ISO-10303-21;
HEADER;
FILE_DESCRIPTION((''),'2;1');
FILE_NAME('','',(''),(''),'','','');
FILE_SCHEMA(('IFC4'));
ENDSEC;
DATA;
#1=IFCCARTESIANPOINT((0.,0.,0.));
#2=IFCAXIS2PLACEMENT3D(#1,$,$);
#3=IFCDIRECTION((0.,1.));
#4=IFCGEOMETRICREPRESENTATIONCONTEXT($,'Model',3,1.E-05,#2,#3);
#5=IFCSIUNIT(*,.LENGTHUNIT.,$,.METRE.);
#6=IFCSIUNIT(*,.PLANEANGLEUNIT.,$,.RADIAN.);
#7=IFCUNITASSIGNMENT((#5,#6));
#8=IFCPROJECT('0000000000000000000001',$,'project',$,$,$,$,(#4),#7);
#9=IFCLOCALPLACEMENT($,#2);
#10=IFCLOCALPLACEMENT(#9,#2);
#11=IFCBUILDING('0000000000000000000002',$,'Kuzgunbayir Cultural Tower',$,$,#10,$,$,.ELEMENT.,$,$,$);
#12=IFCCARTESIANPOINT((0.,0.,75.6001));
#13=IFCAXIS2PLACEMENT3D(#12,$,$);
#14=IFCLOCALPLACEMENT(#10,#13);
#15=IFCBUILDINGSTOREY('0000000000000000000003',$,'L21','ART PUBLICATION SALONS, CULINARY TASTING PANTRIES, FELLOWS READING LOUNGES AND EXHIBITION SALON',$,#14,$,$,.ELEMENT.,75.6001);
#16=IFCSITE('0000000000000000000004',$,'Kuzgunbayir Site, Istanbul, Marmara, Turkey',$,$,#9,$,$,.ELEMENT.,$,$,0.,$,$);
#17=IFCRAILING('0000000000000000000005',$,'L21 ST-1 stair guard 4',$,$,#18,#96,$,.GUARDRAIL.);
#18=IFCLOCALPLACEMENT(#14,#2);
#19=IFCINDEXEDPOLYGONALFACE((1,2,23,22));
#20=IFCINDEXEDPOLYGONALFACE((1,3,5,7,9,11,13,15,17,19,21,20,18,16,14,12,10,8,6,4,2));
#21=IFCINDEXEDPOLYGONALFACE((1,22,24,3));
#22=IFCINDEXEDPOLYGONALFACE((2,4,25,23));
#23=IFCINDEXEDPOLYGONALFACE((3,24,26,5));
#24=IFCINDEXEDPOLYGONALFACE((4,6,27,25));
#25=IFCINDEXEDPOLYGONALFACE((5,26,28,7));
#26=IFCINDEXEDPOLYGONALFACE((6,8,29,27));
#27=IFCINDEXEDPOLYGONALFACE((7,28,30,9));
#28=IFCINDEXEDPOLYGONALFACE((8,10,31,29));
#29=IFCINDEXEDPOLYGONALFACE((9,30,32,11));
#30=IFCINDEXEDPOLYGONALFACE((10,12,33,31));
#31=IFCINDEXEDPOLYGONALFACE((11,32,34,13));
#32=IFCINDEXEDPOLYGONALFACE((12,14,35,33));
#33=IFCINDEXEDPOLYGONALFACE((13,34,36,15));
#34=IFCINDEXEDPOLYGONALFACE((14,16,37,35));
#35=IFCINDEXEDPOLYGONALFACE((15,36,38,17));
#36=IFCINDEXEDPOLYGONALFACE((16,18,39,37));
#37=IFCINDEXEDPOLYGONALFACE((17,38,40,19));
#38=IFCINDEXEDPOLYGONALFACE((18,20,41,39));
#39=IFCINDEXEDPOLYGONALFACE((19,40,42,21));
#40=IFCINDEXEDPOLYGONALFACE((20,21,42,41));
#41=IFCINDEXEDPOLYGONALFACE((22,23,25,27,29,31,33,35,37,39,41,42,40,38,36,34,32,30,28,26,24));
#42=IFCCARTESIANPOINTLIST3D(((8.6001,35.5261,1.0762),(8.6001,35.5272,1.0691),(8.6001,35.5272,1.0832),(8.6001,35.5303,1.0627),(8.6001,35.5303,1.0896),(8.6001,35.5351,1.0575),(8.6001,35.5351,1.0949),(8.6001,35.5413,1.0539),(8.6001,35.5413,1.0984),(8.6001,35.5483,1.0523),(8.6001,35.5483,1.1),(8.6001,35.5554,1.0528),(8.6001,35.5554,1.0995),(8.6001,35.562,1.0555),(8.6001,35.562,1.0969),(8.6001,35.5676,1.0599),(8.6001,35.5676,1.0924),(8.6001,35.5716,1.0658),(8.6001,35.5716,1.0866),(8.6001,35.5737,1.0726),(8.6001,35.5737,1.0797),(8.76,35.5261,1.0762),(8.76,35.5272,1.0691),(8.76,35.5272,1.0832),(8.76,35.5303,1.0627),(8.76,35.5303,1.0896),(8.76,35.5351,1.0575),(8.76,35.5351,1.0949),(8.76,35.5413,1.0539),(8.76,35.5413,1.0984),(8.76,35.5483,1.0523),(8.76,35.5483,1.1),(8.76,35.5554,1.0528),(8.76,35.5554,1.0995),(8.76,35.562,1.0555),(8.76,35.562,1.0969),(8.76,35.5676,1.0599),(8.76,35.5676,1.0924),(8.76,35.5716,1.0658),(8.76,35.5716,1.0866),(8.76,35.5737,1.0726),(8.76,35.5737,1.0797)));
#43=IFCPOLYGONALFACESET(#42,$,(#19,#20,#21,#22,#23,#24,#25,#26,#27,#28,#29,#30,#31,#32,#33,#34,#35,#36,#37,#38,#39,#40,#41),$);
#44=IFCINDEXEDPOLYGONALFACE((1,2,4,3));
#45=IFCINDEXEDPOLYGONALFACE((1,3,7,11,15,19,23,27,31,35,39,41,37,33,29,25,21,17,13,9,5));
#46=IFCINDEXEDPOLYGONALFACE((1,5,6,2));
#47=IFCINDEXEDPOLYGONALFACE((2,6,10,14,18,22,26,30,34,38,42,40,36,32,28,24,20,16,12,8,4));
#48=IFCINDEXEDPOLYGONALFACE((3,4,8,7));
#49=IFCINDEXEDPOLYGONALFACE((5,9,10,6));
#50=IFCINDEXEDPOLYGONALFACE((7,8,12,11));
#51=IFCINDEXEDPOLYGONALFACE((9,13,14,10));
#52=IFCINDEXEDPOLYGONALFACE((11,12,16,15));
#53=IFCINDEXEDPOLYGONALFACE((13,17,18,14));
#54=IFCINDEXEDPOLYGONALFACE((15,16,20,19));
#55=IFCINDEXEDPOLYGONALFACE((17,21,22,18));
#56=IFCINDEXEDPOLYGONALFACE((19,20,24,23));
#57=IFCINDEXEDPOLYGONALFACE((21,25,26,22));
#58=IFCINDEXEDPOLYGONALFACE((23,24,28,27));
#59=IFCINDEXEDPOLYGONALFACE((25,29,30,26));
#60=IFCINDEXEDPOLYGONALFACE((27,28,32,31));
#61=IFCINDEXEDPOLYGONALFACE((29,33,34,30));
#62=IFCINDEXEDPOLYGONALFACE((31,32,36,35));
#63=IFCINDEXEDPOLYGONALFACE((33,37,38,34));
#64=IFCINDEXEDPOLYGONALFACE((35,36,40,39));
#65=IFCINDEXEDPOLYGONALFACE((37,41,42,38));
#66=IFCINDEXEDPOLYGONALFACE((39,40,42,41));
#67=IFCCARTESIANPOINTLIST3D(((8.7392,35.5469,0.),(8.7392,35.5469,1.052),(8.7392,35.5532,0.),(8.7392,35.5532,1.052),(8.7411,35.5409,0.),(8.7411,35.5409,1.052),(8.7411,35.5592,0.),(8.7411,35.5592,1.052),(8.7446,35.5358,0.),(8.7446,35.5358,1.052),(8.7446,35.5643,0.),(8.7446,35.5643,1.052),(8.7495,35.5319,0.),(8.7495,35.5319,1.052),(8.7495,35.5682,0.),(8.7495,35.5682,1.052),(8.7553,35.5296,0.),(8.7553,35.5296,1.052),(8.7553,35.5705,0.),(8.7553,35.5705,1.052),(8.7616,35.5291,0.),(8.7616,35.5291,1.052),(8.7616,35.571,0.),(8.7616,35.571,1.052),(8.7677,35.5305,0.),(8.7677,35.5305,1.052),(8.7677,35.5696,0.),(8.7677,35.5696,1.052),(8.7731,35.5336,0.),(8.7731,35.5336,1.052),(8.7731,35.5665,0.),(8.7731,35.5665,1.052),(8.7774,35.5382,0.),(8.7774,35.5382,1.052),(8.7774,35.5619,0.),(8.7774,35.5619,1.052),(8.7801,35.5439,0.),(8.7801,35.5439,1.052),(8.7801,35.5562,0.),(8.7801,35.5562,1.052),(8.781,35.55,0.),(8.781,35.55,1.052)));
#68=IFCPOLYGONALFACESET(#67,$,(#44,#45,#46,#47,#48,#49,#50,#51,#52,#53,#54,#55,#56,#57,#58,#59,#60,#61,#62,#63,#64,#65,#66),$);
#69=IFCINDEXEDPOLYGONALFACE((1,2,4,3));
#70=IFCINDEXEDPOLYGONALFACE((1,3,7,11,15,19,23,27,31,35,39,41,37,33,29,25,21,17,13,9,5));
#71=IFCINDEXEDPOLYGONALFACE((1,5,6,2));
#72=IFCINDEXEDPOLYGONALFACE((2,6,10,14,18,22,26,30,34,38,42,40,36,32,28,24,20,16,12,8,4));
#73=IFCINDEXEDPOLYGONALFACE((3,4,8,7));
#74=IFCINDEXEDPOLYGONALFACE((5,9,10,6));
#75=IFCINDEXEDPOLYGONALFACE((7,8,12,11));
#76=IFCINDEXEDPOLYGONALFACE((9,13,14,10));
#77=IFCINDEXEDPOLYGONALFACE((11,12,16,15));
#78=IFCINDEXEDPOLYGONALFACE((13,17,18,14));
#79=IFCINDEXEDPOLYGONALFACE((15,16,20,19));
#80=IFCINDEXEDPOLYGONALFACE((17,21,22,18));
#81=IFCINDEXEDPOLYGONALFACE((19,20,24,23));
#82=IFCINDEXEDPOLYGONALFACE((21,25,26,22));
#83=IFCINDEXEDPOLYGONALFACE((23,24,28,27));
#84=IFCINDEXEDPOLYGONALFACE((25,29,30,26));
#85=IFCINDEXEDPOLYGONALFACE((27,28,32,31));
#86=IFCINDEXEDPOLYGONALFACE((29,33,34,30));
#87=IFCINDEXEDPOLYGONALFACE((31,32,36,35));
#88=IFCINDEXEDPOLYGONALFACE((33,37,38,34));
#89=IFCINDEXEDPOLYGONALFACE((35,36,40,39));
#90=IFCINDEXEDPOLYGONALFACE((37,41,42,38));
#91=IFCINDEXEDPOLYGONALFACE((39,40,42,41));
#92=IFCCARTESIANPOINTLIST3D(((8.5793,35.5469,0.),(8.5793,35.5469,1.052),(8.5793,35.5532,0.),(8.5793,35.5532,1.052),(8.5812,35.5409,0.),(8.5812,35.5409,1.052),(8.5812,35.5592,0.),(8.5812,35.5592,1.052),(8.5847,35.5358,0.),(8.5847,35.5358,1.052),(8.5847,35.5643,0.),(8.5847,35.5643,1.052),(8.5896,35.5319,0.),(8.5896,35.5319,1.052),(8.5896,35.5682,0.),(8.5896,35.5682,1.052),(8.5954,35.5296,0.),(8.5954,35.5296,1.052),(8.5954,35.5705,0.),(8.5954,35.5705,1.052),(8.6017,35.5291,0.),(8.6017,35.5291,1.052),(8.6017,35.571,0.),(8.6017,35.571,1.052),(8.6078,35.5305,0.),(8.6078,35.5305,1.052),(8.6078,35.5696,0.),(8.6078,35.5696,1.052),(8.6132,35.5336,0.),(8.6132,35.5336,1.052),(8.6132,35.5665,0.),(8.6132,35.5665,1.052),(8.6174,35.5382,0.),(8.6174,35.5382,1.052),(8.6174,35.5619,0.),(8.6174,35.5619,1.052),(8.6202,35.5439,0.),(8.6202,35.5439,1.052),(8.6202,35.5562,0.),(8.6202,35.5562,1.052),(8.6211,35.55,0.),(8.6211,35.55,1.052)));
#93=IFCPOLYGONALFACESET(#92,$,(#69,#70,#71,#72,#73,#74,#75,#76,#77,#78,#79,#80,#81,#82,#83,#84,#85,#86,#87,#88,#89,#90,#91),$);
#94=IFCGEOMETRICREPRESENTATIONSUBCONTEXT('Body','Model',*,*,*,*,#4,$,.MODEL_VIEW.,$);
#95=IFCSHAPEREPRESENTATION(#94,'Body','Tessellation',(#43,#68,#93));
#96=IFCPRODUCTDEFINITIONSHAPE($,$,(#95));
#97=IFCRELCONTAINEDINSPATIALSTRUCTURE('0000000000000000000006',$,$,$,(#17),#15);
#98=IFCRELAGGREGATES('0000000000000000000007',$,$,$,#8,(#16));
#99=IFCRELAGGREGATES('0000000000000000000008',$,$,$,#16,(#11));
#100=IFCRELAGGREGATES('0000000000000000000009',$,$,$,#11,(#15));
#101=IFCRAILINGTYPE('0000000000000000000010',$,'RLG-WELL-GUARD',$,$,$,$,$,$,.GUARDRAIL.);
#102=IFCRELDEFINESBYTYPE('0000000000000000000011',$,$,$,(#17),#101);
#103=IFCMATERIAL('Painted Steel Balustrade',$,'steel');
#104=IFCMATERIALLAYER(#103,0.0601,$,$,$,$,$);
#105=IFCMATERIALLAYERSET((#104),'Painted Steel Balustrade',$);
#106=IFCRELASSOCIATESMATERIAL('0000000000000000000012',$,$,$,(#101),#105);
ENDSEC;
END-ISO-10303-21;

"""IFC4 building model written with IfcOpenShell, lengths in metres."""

from ifc_helpers import new_model, si_unit, direction, frame, origin, origin_2d, place, context, subcontext, project, spatial, circle, extrude, material, layer, layer_set, type_object, element, save


model = new_model("IFC4")

# Units and contexts
model_context = context("Model", 3, precision=1e-05, world=origin(), true_north=direction((0.0, 1.0)))
body_context = subcontext(model_context, "Body", "Model", "MODEL_VIEW")
ifc_project = project(units=[si_unit("LENGTHUNIT", "METRE"), si_unit("PLANEANGLEUNIT", "RADIAN")], contexts=[model_context])

# Site, building, storey
site_placement = place(None, origin())
site = spatial("IfcSite", under=ifc_project, at=site_placement, Name="Kuzgunbayir Site, Istanbul, Marmara, Turkey", CompositionType="ELEMENT", RefElevation=0.0)
building_placement = place(site_placement, origin())
building = spatial("IfcBuilding", under=site, at=building_placement, Name="Kuzgunbayir Cultural Tower", CompositionType="ELEMENT")
storey_placement = place(building_placement, frame((0.0, 0.0, 75.6001)))
storey = spatial("IfcBuildingStorey", under=building, at=storey_placement, Name="L21", Description="ART PUBLICATION SALONS, CULINARY TASTING PANTRIES, FELLOWS READING LOUNGES AND EXHIBITION SALON", CompositionType="ELEMENT", Elevation=75.6001)

# Railing
ifc_material_1 = material(Name="Painted Steel Balustrade", Category="steel")
ifc_layer_1 = layer(ifc_material_1, 0.0601)
ifc_layer_set_1 = layer_set([ifc_layer_1], Name="Painted Steel Balustrade")
railing_type = type_object("IfcRailingType", Name="RLG-WELL-GUARD", PredefinedType="GUARDRAIL", material=ifc_layer_set_1)
railing_placement = place(storey_placement, frame((8.76, 35.55, 0.0)))
element("IfcRailing", 1, at=railing_placement, inside=storey, type_object=railing_type, Name="L21 ST-1 stair guard 4", PredefinedType="GUARDRAIL", context=body_context, shape_type="SweptSolid", body=[
    extrude(circle(Radius=0.0239, at=origin_2d()), frame((0.0, 0.0, 1.0762), z_axis=(-1.0, 0.0, 0.0), x_axis=(0.0, -1.0, 0.0)), (0.0, 0.0, 1.0), 0.1599),
    extrude(circle(Radius=0.021, at=origin_2d()), origin(), (0.0, 0.0, 1.0), 1.052),
    extrude(circle(Radius=0.021, at=origin_2d()), frame((-0.1599, 0.0, 0.0)), (0.0, 0.0, 1.0), 1.052),
])

save(model, "model.ifc")
